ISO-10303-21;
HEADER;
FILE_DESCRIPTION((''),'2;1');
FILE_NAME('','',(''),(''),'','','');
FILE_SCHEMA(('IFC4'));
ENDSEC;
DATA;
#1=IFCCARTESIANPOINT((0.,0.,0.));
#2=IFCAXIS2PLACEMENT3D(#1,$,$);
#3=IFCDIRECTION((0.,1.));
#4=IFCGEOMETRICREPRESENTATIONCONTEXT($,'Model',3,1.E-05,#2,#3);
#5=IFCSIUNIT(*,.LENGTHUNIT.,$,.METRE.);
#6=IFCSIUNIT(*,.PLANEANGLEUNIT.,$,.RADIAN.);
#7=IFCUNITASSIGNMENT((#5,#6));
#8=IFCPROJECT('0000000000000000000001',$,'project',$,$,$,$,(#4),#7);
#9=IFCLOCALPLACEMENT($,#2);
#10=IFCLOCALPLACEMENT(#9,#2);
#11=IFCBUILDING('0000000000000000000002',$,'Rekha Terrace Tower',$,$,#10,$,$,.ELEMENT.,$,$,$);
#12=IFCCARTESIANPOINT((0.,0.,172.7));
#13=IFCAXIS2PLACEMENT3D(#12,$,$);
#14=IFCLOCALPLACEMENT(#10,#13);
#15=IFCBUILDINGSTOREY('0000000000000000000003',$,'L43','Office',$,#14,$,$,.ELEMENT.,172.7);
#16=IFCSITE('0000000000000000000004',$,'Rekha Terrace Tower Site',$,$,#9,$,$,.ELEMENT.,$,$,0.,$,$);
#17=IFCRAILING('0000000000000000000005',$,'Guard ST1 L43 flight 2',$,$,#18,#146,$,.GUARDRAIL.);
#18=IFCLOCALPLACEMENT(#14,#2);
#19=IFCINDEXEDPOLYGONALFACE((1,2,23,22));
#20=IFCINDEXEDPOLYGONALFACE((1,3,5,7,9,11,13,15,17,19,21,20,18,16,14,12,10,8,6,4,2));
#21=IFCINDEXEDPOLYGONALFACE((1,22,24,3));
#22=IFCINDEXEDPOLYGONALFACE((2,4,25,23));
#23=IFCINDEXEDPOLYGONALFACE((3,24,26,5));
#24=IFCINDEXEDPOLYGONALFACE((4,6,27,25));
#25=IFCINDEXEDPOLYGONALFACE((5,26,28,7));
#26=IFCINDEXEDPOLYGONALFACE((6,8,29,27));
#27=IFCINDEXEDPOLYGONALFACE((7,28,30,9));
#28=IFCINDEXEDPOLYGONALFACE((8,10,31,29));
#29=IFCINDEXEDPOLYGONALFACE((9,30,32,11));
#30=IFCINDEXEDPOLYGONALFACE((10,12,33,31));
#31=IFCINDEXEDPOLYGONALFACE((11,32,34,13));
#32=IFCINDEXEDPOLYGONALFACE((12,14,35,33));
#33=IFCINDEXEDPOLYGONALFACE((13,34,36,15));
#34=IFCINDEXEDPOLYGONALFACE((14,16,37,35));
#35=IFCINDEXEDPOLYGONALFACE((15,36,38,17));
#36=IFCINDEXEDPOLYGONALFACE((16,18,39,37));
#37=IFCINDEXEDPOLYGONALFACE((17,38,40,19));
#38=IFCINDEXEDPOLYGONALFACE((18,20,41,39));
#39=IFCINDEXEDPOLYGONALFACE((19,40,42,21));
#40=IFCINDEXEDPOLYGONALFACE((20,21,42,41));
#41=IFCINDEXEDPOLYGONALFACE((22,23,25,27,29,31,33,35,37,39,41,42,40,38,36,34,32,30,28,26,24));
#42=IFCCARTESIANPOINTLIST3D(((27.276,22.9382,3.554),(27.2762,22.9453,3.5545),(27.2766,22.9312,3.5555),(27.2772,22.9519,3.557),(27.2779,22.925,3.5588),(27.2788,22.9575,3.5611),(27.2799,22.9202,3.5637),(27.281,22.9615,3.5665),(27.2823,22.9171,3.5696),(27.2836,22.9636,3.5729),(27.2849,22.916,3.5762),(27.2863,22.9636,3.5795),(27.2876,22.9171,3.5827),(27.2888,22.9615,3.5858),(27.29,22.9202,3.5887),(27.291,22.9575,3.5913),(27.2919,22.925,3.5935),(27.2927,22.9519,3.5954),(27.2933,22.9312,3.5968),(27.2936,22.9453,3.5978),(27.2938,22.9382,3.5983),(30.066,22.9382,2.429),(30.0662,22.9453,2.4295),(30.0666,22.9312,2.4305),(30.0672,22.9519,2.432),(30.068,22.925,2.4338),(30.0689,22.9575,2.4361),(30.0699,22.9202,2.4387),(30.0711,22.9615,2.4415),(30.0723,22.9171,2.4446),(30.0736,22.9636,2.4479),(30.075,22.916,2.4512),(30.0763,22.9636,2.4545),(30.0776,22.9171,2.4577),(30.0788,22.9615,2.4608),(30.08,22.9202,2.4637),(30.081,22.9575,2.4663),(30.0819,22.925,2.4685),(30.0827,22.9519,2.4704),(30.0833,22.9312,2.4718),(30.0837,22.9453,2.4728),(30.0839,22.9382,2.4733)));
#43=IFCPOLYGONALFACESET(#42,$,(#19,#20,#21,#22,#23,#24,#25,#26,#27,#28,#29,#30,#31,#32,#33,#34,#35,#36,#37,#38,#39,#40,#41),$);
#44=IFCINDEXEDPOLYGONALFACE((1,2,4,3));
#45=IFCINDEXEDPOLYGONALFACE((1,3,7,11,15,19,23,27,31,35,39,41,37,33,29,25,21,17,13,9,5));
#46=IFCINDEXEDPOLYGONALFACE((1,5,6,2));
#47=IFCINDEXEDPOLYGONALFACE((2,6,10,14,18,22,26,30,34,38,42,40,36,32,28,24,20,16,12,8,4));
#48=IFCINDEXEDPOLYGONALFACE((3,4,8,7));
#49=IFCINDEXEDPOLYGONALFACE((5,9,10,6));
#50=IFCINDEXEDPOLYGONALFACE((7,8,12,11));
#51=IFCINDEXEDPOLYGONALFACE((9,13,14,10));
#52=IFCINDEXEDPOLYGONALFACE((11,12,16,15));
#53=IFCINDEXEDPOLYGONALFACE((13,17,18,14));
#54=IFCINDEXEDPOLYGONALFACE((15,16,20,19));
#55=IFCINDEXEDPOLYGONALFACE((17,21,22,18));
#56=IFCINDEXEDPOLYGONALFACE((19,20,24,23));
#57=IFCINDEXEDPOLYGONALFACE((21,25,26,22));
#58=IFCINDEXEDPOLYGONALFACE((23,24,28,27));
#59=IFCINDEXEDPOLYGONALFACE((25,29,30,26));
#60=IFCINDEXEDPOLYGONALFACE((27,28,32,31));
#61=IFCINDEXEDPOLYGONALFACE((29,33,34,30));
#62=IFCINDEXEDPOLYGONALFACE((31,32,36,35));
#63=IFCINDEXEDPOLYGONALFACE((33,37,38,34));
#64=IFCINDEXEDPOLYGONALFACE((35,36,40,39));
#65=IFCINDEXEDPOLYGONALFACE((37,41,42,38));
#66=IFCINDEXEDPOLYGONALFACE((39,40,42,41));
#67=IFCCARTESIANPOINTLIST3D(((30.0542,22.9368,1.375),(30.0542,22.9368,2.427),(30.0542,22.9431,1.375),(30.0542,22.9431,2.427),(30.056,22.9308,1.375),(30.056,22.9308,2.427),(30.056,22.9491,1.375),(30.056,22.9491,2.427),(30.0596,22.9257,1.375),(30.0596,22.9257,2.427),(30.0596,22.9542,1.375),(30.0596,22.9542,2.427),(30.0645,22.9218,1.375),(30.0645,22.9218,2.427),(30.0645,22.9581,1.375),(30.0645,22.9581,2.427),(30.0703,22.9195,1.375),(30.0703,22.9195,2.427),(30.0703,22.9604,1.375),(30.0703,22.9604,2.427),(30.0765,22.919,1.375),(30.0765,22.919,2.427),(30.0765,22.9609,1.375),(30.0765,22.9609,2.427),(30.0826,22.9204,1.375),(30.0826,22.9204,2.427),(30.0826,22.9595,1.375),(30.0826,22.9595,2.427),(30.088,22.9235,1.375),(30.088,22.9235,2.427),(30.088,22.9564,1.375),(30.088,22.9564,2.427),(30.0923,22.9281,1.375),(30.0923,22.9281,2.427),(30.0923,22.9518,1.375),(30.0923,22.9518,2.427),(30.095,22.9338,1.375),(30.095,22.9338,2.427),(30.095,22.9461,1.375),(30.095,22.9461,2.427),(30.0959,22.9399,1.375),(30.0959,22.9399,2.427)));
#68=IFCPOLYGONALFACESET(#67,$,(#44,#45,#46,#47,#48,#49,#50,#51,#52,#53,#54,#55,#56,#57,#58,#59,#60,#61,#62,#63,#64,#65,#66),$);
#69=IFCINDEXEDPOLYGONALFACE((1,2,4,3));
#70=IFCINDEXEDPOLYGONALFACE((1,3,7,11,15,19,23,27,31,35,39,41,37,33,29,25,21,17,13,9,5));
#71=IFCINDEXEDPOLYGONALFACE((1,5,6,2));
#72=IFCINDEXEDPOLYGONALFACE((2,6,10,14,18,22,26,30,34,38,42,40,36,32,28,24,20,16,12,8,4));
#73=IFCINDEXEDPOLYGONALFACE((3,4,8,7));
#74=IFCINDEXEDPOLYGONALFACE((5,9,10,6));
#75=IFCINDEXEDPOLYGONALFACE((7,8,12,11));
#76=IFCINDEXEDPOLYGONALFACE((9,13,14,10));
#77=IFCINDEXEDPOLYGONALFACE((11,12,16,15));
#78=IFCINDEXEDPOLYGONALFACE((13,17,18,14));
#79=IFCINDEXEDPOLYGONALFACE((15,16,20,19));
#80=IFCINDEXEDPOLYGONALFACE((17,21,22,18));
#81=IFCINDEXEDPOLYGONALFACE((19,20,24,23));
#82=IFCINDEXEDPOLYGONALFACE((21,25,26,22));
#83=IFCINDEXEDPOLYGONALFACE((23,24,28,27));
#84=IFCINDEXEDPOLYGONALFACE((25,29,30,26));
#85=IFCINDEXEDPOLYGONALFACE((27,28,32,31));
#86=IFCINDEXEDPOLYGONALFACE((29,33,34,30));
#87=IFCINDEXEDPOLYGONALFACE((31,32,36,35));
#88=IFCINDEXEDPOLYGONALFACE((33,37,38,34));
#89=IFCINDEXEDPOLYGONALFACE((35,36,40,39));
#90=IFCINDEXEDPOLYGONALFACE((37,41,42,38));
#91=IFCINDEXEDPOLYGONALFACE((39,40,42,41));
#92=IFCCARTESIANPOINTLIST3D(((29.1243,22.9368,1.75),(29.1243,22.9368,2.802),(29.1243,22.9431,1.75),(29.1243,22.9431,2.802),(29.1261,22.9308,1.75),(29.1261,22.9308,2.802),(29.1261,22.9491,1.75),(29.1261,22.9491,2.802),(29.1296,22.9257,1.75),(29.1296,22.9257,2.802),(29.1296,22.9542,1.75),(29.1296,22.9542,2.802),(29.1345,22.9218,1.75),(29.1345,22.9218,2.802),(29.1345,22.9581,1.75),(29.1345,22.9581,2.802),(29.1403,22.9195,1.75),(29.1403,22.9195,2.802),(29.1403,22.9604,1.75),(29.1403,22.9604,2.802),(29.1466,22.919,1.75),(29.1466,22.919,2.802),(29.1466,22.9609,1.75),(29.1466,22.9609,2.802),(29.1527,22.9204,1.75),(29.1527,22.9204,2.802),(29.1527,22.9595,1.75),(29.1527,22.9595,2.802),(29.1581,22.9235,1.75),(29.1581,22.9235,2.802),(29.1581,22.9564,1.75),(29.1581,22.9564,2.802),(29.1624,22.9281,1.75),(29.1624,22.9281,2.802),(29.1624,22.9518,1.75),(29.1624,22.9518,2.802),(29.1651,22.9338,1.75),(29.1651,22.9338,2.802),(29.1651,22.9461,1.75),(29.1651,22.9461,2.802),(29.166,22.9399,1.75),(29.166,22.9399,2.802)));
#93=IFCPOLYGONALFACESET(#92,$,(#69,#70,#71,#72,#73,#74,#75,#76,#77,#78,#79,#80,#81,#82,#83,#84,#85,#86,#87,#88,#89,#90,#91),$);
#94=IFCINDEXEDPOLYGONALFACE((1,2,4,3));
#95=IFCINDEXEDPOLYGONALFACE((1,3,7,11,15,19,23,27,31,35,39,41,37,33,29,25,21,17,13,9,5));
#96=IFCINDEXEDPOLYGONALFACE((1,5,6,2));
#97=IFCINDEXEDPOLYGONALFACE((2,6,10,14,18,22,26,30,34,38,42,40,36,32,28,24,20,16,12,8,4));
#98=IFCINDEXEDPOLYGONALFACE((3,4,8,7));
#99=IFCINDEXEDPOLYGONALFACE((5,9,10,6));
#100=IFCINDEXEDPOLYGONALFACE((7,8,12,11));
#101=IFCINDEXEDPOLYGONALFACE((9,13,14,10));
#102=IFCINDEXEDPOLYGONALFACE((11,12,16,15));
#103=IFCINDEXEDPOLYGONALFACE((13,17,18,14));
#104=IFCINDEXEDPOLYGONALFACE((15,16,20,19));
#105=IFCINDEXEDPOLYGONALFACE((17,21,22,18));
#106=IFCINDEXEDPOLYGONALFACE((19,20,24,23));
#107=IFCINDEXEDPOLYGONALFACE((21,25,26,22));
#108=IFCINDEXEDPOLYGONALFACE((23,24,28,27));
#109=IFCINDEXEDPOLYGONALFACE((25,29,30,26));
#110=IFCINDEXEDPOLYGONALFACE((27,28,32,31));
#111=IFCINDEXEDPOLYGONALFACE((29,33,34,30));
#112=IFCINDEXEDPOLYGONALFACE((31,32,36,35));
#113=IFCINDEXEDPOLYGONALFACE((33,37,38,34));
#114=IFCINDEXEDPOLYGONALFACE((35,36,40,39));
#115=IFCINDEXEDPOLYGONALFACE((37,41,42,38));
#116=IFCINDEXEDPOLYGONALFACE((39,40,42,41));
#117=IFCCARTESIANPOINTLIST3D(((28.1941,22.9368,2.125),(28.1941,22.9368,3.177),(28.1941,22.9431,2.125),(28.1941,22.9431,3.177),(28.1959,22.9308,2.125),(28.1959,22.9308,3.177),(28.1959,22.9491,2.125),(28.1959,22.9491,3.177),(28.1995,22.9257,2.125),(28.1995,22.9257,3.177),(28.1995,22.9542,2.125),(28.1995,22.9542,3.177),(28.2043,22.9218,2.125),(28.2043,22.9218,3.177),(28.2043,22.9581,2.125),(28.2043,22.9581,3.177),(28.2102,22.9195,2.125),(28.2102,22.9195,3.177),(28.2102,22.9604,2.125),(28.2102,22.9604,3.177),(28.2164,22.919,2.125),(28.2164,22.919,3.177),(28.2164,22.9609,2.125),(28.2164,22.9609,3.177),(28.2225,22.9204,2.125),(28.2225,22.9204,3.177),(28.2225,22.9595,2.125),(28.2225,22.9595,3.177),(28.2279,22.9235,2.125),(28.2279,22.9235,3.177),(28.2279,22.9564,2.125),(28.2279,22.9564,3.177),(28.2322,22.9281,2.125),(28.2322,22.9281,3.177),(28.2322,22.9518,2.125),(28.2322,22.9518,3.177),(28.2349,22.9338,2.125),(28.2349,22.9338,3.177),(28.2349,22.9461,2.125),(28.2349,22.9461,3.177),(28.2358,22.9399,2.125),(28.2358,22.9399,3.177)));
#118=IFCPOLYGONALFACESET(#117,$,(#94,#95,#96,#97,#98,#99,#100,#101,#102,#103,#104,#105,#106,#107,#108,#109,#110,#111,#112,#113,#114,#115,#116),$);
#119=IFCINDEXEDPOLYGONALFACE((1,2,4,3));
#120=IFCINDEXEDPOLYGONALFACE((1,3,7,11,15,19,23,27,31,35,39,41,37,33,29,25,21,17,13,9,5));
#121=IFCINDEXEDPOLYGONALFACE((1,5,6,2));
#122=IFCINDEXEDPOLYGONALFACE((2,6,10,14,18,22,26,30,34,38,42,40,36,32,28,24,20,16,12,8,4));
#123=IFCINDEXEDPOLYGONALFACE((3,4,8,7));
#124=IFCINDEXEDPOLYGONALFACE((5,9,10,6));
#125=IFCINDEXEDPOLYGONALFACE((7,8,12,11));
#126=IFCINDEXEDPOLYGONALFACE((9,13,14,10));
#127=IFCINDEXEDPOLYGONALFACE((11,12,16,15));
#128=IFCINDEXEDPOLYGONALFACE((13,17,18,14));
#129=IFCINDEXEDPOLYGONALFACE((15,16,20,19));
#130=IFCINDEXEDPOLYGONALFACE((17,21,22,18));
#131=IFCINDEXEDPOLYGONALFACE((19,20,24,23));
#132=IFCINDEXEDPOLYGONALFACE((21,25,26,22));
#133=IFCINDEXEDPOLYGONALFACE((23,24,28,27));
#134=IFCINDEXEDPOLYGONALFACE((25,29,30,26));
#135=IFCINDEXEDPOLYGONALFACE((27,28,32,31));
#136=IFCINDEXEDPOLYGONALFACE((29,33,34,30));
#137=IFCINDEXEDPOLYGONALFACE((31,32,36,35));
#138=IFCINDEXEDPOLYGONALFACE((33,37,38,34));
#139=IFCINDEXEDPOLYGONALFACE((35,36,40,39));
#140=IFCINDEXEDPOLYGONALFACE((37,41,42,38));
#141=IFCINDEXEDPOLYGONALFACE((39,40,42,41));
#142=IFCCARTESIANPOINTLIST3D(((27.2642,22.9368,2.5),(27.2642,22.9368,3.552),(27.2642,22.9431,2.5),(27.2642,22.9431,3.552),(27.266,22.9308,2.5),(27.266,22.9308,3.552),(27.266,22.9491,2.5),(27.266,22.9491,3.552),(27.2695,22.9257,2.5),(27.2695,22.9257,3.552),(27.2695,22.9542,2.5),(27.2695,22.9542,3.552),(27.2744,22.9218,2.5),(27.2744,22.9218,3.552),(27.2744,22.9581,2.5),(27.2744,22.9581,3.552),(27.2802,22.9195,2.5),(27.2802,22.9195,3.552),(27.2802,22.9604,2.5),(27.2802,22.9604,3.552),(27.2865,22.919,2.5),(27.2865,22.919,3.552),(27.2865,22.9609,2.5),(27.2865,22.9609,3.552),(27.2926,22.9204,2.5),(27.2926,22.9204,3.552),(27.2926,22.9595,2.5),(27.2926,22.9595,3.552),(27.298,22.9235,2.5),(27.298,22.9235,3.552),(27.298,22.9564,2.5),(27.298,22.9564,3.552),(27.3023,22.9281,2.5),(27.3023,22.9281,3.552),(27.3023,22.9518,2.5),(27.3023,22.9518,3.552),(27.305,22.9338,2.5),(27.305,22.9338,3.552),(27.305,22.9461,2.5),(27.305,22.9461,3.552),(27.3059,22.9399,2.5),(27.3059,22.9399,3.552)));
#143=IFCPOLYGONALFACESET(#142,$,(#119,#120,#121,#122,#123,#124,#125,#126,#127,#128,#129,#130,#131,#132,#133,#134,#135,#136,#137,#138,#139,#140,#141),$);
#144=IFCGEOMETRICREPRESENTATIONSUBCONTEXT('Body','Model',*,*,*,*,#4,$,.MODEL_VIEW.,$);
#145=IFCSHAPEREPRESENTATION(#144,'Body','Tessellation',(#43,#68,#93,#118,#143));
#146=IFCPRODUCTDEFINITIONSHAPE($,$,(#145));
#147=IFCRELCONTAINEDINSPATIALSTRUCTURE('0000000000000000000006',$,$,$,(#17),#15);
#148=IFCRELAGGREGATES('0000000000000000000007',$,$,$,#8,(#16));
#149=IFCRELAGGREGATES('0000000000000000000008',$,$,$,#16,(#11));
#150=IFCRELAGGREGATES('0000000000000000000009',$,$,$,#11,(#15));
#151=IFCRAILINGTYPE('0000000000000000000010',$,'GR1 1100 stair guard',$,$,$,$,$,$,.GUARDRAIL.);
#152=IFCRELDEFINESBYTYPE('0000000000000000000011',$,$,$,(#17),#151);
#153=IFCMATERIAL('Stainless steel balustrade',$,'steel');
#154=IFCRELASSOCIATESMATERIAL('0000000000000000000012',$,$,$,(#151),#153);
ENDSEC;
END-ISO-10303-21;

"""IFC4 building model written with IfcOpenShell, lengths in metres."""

from ifc_helpers import new_model, si_unit, direction, frame, origin, origin_2d, place, context, subcontext, project, spatial, circle, extrude, material, type_object, element, save


model = new_model("IFC4")

# Units and contexts
model_context = context("Model", 3, precision=1e-05, world=origin(), true_north=direction((0.0, 1.0)))
body_context = subcontext(model_context, "Body", "Model", "MODEL_VIEW")
ifc_project = project(units=[si_unit("LENGTHUNIT", "METRE"), si_unit("PLANEANGLEUNIT", "RADIAN")], contexts=[model_context])

# Site, building, storey
site_placement = place(None, origin())
site = spatial("IfcSite", under=ifc_project, at=site_placement, Name="Rekha Terrace Tower Site", CompositionType="ELEMENT", RefElevation=0.0)
building_placement = place(site_placement, origin())
building = spatial("IfcBuilding", under=site, at=building_placement, Name="Rekha Terrace Tower", CompositionType="ELEMENT")
storey_placement = place(building_placement, frame((0.0, 0.0, 172.7)))
storey = spatial("IfcBuildingStorey", under=building, at=storey_placement, Name="L43", Description="Office", CompositionType="ELEMENT", Elevation=172.7)

# Railing
ifc_material_1 = material(Name="Stainless steel balustrade", Category="steel")
railing_type_1 = type_object("IfcRailingType", Name="GR1 1100 stair guard", PredefinedType="GUARDRAIL", material=ifc_material_1)
railing_1_placement = place(storey_placement, frame((30.075, 22.9399, 1.375)))
element("IfcRailing", 1, at=railing_1_placement, inside=storey, type_object=railing_type_1, Name="Guard ST1 L43 flight 2", PredefinedType="GUARDRAIL", context=body_context, shape_type="SweptSolid", body=[
    extrude(circle(Radius=0.0239, at=origin_2d()), frame((0.0, 0.0, 1.0762), z_axis=(-0.927443, 0.0, 0.373964), x_axis=(0.0, -1.0, 0.0)), (0.0, 0.0, 1.0), 3.0083),
    extrude(circle(Radius=0.021, at=origin_2d()), origin(), (0.0, 0.0, 1.0), 1.052),
    extrude(circle(Radius=0.021, at=origin_2d()), frame((-0.9299, 0.0, 0.375)), (0.0, 0.0, 1.0), 1.052),
    extrude(circle(Radius=0.021, at=origin_2d()), frame((-1.8601, 0.0, 0.75)), (0.0, 0.0, 1.0), 1.052),
    extrude(circle(Radius=0.021, at=origin_2d()), frame((-2.79, 0.0, 1.125)), (0.0, 0.0, 1.0), 1.052),
])

save(model, "model.ifc")
